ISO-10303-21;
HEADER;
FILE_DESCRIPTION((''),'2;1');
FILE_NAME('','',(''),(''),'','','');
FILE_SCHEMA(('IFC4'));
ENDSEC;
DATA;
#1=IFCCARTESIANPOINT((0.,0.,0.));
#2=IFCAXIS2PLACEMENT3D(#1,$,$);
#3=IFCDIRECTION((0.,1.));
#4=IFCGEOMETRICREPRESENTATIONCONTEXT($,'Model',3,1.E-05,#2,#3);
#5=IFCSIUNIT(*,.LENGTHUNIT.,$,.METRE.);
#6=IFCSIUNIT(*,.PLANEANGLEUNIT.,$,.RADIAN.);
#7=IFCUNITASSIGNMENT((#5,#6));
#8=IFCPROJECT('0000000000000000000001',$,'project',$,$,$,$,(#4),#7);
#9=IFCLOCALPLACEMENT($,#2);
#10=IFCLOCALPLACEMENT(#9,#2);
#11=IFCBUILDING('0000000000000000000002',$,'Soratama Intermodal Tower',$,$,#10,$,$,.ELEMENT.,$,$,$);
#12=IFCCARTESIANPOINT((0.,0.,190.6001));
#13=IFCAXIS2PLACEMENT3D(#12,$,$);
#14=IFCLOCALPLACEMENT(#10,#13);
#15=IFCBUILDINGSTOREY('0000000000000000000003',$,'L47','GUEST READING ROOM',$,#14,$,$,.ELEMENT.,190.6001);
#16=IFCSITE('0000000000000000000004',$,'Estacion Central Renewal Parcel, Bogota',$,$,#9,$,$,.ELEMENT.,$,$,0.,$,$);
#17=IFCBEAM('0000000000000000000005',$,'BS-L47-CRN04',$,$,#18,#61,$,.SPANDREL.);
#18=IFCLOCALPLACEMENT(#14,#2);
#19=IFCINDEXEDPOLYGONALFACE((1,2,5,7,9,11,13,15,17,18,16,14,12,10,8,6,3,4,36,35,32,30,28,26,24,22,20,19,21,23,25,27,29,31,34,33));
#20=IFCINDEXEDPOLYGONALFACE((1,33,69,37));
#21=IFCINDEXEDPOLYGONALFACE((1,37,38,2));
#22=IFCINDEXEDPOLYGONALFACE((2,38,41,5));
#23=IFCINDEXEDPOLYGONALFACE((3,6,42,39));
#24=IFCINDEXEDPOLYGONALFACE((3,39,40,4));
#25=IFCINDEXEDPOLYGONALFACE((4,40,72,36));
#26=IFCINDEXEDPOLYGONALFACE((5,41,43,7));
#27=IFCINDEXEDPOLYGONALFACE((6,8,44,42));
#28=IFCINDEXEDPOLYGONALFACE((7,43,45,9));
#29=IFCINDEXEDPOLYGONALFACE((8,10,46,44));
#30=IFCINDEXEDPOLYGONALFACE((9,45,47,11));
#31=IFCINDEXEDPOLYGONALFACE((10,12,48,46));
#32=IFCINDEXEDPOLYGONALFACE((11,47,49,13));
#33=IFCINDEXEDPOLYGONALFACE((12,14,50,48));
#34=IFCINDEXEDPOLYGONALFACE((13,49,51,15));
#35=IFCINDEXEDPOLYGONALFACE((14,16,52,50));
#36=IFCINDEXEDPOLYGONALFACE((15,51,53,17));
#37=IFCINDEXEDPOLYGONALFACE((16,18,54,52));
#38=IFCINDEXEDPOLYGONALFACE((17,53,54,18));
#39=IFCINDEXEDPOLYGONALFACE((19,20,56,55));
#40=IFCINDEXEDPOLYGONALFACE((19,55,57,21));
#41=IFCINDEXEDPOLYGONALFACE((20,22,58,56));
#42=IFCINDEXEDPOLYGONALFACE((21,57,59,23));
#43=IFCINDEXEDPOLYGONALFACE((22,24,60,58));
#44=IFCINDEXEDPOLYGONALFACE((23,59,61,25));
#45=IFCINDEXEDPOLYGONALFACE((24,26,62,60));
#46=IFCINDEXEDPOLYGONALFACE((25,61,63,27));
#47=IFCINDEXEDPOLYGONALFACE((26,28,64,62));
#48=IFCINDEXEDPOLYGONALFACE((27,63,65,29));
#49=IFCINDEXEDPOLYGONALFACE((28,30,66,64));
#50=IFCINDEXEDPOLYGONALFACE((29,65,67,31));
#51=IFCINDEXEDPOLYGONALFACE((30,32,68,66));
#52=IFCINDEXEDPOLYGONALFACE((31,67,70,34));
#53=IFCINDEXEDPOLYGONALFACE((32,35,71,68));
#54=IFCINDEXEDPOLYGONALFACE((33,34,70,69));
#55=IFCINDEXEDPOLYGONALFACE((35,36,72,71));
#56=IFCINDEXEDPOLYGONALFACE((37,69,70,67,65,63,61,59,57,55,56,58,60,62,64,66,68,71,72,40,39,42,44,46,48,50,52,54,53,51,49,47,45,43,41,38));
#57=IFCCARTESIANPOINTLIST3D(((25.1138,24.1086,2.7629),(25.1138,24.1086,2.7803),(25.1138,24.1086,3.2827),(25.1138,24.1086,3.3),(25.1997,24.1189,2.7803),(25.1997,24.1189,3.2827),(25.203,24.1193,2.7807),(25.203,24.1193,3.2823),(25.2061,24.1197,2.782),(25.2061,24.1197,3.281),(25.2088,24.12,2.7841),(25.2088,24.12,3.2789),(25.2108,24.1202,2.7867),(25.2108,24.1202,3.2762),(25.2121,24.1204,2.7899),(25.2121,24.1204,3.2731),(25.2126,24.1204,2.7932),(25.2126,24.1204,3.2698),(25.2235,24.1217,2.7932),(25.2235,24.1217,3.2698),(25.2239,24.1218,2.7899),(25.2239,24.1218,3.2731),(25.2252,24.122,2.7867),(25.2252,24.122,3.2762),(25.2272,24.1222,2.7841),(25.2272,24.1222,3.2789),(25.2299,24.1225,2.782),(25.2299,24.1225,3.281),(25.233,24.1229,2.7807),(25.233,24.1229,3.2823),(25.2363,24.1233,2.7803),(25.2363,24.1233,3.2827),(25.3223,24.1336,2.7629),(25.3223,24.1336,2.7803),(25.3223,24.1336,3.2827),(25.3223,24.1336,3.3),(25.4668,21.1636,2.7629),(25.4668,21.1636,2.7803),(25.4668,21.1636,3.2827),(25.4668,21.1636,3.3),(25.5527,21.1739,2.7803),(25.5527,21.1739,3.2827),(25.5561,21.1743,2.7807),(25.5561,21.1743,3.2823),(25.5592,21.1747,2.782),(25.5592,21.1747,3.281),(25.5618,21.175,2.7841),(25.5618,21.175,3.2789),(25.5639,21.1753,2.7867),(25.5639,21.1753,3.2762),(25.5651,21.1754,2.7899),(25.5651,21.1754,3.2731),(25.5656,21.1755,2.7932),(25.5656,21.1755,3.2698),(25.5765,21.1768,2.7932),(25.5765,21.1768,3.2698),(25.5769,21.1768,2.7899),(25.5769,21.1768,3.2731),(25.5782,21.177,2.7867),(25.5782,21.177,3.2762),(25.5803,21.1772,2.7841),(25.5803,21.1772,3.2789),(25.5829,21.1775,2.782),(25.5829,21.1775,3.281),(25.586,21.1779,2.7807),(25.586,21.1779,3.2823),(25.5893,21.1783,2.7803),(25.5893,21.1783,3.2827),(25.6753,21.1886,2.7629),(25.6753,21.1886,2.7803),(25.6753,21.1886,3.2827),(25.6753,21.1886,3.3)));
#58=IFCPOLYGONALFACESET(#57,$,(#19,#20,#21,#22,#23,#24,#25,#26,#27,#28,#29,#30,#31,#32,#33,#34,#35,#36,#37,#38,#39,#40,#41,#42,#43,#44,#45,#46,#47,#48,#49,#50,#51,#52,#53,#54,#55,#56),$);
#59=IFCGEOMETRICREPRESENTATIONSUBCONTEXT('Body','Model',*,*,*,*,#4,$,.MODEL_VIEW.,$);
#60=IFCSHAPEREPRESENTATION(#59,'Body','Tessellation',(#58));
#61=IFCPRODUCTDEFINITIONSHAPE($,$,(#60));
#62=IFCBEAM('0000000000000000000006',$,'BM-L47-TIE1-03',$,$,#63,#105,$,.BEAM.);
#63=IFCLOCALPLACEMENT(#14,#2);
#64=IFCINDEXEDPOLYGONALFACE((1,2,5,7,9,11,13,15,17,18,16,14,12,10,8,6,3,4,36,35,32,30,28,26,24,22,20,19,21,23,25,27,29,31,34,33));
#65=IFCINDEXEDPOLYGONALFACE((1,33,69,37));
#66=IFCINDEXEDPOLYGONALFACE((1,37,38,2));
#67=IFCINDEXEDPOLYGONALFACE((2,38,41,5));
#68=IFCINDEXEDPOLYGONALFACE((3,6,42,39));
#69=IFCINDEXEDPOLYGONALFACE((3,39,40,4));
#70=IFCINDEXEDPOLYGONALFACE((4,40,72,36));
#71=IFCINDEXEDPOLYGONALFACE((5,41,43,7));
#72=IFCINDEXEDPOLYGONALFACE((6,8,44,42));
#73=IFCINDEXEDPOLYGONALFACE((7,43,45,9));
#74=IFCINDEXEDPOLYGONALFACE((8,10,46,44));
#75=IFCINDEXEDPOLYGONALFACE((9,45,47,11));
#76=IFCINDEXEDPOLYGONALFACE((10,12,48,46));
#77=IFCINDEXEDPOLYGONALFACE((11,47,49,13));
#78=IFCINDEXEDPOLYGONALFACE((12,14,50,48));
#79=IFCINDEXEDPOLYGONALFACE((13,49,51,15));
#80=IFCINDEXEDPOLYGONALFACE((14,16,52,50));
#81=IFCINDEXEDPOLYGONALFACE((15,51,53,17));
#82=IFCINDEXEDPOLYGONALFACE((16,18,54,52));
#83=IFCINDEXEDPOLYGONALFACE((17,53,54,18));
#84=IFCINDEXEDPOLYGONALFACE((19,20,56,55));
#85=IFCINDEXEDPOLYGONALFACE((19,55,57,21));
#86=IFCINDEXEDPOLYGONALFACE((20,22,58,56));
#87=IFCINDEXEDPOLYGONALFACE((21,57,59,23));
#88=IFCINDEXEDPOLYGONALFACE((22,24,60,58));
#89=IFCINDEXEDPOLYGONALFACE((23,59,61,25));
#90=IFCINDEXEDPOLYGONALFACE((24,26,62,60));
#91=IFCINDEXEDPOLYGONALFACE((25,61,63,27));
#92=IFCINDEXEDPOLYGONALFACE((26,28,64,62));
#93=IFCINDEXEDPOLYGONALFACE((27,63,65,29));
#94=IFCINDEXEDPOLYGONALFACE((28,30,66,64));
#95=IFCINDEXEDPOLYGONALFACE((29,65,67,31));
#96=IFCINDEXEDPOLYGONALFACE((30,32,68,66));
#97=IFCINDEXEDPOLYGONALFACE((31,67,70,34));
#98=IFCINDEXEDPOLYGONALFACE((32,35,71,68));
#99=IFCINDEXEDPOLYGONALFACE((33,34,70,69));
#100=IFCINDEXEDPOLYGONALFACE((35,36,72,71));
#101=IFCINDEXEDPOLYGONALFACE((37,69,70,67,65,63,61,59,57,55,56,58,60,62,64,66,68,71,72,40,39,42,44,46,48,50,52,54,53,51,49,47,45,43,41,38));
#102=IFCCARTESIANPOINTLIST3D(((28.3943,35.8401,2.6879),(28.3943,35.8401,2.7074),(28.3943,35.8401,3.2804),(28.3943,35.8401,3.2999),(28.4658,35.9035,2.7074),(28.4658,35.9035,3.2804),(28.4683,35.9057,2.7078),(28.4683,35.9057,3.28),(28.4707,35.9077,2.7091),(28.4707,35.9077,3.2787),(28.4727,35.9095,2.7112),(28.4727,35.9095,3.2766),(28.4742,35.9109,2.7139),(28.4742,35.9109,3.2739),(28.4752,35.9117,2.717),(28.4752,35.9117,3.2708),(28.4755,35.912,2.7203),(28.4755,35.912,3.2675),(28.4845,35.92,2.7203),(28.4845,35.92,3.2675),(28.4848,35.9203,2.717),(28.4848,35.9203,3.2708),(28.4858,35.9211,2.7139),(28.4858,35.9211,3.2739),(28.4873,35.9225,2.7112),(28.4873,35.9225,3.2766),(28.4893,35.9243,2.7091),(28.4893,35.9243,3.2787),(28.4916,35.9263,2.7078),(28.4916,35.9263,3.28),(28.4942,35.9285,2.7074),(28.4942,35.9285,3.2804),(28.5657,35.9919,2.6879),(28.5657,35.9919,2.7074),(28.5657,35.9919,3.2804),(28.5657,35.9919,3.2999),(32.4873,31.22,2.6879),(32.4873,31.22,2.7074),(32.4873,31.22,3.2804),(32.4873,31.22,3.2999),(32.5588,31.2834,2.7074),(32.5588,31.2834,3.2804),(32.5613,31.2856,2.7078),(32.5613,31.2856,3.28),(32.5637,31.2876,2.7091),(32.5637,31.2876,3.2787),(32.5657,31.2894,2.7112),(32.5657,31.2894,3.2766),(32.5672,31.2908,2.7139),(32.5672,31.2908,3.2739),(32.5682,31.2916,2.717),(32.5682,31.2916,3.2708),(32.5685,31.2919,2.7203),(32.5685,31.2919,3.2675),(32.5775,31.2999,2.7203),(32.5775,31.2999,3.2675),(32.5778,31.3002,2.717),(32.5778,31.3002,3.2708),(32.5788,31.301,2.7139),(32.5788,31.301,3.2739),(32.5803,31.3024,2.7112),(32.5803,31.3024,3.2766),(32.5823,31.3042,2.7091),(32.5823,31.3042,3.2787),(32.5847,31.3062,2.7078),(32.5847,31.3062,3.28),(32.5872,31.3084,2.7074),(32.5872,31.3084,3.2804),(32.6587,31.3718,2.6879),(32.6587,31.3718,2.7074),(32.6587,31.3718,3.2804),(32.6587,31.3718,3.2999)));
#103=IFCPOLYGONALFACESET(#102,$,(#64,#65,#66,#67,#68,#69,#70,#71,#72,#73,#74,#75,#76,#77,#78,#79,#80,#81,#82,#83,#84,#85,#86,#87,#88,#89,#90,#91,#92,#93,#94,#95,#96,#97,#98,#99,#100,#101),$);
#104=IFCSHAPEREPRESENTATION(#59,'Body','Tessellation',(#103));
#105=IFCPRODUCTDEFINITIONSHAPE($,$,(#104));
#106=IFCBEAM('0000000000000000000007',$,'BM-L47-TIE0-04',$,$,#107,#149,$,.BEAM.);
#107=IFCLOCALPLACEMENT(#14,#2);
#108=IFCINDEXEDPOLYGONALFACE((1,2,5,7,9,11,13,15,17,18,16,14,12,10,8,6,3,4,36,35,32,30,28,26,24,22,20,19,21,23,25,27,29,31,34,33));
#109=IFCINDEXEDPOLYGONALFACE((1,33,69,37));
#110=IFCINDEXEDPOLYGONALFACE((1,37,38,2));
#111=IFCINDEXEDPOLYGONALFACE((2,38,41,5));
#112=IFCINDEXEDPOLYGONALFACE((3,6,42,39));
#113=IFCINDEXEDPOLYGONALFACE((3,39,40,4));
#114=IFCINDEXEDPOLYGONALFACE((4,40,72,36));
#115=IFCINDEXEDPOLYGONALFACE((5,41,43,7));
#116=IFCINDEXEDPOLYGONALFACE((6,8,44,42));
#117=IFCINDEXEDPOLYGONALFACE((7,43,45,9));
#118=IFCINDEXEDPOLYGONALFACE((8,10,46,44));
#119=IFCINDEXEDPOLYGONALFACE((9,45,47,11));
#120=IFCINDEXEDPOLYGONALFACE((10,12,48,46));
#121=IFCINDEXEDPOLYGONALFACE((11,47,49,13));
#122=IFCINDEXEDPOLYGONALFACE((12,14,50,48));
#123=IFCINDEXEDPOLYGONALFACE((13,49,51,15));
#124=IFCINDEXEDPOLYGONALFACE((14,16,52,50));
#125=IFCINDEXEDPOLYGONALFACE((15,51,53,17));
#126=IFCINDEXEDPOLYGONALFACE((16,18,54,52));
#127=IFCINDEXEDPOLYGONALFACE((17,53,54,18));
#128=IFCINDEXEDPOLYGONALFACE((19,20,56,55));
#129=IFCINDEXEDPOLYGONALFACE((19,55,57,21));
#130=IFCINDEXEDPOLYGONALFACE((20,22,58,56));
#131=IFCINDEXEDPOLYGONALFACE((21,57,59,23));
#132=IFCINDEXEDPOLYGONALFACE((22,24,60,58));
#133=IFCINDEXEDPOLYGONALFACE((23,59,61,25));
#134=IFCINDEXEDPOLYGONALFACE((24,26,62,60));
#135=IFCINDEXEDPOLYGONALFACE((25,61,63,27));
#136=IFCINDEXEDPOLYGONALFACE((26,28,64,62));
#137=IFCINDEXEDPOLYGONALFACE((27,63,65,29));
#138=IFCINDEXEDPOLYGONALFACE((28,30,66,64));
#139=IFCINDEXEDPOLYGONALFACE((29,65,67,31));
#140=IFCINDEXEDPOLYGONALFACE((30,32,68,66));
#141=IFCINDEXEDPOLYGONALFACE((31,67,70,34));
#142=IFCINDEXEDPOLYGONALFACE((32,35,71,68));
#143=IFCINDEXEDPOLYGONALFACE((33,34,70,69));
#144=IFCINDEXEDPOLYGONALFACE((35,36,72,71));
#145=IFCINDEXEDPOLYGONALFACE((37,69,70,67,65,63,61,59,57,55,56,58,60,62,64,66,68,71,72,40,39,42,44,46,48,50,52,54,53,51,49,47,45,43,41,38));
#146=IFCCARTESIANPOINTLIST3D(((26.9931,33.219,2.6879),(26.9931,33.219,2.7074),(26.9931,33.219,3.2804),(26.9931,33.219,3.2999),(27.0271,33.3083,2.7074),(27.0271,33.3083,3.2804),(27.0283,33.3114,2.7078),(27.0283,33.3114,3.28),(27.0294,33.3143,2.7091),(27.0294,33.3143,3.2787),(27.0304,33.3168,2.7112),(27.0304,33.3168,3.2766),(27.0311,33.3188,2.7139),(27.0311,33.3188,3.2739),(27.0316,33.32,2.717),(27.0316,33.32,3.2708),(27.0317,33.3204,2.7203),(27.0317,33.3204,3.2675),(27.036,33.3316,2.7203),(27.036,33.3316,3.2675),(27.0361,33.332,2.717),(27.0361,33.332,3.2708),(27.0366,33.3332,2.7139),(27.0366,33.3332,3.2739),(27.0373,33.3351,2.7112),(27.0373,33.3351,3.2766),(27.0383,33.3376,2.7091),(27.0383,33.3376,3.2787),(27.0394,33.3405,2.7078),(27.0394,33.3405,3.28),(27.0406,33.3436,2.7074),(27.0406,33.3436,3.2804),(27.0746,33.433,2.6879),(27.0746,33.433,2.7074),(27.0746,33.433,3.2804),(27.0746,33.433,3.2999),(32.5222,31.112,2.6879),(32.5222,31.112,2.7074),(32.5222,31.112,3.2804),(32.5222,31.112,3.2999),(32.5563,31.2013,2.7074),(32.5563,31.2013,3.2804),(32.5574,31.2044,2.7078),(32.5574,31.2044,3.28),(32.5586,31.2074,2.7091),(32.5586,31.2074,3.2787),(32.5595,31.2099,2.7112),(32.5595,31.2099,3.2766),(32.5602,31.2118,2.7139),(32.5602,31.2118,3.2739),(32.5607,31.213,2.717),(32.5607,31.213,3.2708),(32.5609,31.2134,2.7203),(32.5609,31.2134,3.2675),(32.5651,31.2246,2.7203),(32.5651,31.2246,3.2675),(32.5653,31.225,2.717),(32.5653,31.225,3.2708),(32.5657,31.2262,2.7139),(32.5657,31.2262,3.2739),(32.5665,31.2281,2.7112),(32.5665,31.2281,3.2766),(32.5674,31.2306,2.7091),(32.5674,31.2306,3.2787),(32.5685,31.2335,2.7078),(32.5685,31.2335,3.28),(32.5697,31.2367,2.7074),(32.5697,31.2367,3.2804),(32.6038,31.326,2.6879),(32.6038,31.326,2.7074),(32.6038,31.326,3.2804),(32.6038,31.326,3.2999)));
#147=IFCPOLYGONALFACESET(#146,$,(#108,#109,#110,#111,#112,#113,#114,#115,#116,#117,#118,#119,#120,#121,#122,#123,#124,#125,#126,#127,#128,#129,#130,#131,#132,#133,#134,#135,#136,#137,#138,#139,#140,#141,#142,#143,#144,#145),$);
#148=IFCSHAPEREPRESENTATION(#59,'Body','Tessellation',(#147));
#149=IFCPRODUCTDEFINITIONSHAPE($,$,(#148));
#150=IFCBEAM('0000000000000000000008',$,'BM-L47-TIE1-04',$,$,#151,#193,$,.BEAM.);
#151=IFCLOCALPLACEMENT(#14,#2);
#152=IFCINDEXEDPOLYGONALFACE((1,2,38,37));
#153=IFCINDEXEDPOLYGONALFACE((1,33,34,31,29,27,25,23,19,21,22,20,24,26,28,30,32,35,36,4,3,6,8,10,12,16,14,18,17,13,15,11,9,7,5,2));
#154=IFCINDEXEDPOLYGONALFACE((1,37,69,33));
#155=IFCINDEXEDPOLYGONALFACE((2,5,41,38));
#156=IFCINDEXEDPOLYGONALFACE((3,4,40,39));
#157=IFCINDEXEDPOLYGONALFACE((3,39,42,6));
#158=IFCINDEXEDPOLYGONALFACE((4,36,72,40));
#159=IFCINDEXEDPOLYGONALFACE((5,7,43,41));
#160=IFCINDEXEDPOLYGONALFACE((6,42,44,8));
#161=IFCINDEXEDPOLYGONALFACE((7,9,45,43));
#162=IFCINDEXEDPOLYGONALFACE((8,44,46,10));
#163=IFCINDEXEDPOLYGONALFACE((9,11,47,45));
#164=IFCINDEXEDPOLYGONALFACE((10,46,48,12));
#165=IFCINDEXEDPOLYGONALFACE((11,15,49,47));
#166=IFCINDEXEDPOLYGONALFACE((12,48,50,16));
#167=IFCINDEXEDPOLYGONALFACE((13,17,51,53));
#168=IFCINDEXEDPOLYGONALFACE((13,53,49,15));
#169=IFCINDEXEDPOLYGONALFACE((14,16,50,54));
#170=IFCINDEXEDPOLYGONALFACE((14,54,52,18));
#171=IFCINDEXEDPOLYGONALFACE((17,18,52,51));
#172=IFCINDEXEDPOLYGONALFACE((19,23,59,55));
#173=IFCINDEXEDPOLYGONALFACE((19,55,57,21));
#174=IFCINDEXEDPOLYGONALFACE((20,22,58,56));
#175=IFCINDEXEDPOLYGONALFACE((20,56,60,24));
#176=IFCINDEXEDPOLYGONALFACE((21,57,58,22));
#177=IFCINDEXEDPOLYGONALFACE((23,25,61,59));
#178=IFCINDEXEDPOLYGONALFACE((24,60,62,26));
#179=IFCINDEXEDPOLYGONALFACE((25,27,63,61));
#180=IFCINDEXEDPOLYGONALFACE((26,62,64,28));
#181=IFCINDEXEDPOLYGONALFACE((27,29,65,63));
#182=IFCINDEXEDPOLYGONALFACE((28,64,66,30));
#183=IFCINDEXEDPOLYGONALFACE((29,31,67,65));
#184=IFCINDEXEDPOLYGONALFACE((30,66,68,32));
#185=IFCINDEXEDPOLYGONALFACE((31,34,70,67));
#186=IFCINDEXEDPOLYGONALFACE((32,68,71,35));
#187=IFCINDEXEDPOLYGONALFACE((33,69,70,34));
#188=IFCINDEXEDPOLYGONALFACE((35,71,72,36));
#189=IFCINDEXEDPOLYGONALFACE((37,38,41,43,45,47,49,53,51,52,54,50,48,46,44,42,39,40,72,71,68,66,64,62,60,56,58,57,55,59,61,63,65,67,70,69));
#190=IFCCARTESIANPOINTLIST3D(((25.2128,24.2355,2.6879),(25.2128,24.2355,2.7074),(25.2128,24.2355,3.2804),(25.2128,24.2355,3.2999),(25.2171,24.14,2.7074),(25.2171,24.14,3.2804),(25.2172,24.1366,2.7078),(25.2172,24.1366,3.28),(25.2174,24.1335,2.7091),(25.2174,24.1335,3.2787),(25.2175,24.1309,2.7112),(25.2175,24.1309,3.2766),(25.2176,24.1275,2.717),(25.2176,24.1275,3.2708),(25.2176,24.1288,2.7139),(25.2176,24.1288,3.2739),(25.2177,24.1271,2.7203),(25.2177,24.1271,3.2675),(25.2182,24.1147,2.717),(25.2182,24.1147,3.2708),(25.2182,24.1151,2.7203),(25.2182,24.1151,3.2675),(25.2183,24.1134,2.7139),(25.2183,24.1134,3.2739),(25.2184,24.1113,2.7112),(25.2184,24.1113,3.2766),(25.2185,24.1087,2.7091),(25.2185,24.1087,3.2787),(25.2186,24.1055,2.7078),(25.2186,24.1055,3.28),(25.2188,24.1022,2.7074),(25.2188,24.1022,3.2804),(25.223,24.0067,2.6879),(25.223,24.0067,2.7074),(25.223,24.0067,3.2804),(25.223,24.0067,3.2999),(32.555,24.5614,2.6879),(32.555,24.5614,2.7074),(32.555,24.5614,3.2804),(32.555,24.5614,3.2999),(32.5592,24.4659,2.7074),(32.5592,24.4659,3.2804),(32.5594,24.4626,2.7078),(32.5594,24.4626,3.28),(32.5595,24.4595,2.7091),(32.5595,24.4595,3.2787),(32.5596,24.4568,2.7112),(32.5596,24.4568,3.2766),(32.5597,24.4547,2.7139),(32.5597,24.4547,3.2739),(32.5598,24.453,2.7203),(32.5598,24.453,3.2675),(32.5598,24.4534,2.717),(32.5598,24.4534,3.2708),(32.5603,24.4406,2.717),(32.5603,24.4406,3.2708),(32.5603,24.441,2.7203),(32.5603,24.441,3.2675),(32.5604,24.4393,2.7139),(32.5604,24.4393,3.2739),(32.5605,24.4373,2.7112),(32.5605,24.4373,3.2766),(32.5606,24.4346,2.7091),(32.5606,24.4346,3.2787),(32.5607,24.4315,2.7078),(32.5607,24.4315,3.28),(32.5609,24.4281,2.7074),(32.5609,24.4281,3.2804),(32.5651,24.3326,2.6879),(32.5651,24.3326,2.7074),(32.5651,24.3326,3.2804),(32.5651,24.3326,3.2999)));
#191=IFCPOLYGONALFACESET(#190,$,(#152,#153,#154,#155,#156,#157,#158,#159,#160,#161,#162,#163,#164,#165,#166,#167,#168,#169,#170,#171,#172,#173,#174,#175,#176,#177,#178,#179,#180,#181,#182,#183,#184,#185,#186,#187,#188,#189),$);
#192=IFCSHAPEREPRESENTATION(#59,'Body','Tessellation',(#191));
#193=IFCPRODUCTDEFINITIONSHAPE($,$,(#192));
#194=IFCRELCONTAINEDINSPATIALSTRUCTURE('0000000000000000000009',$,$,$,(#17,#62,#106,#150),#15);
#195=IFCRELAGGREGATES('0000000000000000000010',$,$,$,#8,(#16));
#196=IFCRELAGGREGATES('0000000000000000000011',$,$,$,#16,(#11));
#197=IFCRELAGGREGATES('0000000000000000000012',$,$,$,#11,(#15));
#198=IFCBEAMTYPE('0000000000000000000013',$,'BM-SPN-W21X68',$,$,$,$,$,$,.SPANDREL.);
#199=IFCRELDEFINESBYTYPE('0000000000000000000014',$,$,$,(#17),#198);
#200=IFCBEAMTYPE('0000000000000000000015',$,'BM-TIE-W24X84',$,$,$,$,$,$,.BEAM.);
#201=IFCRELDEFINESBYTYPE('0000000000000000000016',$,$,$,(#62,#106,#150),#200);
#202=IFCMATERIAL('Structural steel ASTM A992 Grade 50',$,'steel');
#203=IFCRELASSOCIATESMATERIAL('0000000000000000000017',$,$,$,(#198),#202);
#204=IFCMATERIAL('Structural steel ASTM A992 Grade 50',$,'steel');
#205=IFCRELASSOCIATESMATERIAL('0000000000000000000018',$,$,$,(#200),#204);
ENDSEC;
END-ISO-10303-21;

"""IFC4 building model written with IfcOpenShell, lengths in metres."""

from ifc_helpers import new_model, si_unit, direction, frame, origin, origin_2d, place, context, subcontext, project, spatial, i_section, extrude, material, material_profile, profile_set, type_object, element, save


model = new_model("IFC4")

# Units and contexts
model_context = context("Model", 3, precision=1e-05, world=origin(), true_north=direction((0.0, 1.0)))
body_context = subcontext(model_context, "Body", "Model", "MODEL_VIEW")
ifc_project = project(units=[si_unit("LENGTHUNIT", "METRE"), si_unit("PLANEANGLEUNIT", "RADIAN")], contexts=[model_context])

# Site, building, storey
site_placement = place(None, origin())
site = spatial("IfcSite", under=ifc_project, at=site_placement, Name="Estacion Central Renewal Parcel, Bogota", CompositionType="ELEMENT", RefElevation=0.0)
building_placement = place(site_placement, origin())
building = spatial("IfcBuilding", under=site, at=building_placement, Name="Soratama Intermodal Tower", CompositionType="ELEMENT")
storey_placement = place(building_placement, frame((0.0, 0.0, 190.6001)))
storey = spatial("IfcBuildingStorey", under=building, at=storey_placement, Name="L47", Description="GUEST READING ROOM", CompositionType="ELEMENT", Elevation=190.6001)

# Beams
ifc_material_1 = material(Name="Structural steel ASTM A992 Grade 50", Category="steel")
ifc_material_profile_1 = material_profile(ifc_material_1, i_section(OverallWidth=0.21, OverallDepth=0.5371, WebThickness=0.011, FlangeThickness=0.0173, FilletRadius=0.0129, at=origin_2d()), Name="W21X68")
ifc_profile_set_1 = profile_set([ifc_material_profile_1], Name="Structural steel ASTM A992 Grade 50")
beam_type_1 = type_object("IfcBeamType", Name="BM-SPN-W21X68", PredefinedType="SPANDREL", material=ifc_profile_set_1)
beam_1_placement = place(storey_placement, frame((25.218, 24.1211, 3.0315), z_axis=(0.119019, -0.992892, 0.0), x_axis=(0.992892, 0.119019, 0.0)))
element("IfcBeam", 1, at=beam_1_placement, inside=storey, type_object=beam_type_1, Name="BS-L47-CRN04", PredefinedType="SPANDREL", context=body_context, shape_type="SweptSolid", body=[
    extrude(i_section(OverallWidth=0.21, OverallDepth=0.5371, WebThickness=0.011, FlangeThickness=0.0173, FilletRadius=0.0129, at=origin_2d()), origin(), (0.0, 0.0, 1.0), 2.9661),
])
ifc_material_2 = material(Name="Structural steel ASTM A992 Grade 50", Category="steel")
ifc_material_profile_2 = material_profile(ifc_material_2, i_section(OverallWidth=0.229, OverallDepth=0.6121, WebThickness=0.012, FlangeThickness=0.0195, FilletRadius=0.0129, at=origin_2d()), Name="W24X84")
ifc_profile_set_2 = profile_set([ifc_material_profile_2], Name="Structural steel ASTM A992 Grade 50")
beam_type_2 = type_object("IfcBeamType", Name="BM-TIE-W24X84", PredefinedType="BEAM", material=ifc_profile_set_2)
beam_2_placement = place(storey_placement, frame((32.573, 31.2959, 2.9939), z_axis=(-0.663118, 0.748515, 0.0), x_axis=(-0.748515, -0.663118, 0.0)))
element("IfcBeam", 2, at=beam_2_placement, inside=storey, type_object=beam_type_2, Name="BM-L47-TIE1-03", PredefinedType="BEAM", context=body_context, shape_type="SweptSolid", body=[
    extrude(i_section(OverallWidth=0.229, OverallDepth=0.6121, WebThickness=0.012, FlangeThickness=0.0195, FilletRadius=0.0129, at=origin_2d()), origin(), (0.0, 0.0, 1.0), 6.1724),
])
beam_3_placement = place(storey_placement, frame((32.563, 31.219, 2.9939), z_axis=(-0.934452, 0.356088, 0.0), x_axis=(-0.356088, -0.934452, 0.0)))
element("IfcBeam", 3, at=beam_3_placement, inside=storey, type_object=beam_type_2, Name="BM-L47-TIE0-04", PredefinedType="BEAM", context=body_context, shape_type="SweptSolid", body=[
    extrude(i_section(OverallWidth=0.229, OverallDepth=0.6121, WebThickness=0.012, FlangeThickness=0.0195, FilletRadius=0.0129, at=origin_2d()), origin(), (0.0, 0.0, 1.0), 5.917),
])
beam_4_placement = place(storey_placement, frame((32.5601, 24.447, 2.9939), z_axis=(-0.999016, -0.044348, 0.0), x_axis=(0.044348, -0.999016, 0.0)))
element("IfcBeam", 4, at=beam_4_placement, inside=storey, type_object=beam_type_2, Name="BM-L47-TIE1-04", PredefinedType="BEAM", context=body_context, shape_type="SweptSolid", body=[
    extrude(i_section(OverallWidth=0.229, OverallDepth=0.6121, WebThickness=0.012, FlangeThickness=0.0195, FilletRadius=0.0129, at=origin_2d()), origin(), (0.0, 0.0, 1.0), 7.3494),
])

save(model, "model.ifc")
